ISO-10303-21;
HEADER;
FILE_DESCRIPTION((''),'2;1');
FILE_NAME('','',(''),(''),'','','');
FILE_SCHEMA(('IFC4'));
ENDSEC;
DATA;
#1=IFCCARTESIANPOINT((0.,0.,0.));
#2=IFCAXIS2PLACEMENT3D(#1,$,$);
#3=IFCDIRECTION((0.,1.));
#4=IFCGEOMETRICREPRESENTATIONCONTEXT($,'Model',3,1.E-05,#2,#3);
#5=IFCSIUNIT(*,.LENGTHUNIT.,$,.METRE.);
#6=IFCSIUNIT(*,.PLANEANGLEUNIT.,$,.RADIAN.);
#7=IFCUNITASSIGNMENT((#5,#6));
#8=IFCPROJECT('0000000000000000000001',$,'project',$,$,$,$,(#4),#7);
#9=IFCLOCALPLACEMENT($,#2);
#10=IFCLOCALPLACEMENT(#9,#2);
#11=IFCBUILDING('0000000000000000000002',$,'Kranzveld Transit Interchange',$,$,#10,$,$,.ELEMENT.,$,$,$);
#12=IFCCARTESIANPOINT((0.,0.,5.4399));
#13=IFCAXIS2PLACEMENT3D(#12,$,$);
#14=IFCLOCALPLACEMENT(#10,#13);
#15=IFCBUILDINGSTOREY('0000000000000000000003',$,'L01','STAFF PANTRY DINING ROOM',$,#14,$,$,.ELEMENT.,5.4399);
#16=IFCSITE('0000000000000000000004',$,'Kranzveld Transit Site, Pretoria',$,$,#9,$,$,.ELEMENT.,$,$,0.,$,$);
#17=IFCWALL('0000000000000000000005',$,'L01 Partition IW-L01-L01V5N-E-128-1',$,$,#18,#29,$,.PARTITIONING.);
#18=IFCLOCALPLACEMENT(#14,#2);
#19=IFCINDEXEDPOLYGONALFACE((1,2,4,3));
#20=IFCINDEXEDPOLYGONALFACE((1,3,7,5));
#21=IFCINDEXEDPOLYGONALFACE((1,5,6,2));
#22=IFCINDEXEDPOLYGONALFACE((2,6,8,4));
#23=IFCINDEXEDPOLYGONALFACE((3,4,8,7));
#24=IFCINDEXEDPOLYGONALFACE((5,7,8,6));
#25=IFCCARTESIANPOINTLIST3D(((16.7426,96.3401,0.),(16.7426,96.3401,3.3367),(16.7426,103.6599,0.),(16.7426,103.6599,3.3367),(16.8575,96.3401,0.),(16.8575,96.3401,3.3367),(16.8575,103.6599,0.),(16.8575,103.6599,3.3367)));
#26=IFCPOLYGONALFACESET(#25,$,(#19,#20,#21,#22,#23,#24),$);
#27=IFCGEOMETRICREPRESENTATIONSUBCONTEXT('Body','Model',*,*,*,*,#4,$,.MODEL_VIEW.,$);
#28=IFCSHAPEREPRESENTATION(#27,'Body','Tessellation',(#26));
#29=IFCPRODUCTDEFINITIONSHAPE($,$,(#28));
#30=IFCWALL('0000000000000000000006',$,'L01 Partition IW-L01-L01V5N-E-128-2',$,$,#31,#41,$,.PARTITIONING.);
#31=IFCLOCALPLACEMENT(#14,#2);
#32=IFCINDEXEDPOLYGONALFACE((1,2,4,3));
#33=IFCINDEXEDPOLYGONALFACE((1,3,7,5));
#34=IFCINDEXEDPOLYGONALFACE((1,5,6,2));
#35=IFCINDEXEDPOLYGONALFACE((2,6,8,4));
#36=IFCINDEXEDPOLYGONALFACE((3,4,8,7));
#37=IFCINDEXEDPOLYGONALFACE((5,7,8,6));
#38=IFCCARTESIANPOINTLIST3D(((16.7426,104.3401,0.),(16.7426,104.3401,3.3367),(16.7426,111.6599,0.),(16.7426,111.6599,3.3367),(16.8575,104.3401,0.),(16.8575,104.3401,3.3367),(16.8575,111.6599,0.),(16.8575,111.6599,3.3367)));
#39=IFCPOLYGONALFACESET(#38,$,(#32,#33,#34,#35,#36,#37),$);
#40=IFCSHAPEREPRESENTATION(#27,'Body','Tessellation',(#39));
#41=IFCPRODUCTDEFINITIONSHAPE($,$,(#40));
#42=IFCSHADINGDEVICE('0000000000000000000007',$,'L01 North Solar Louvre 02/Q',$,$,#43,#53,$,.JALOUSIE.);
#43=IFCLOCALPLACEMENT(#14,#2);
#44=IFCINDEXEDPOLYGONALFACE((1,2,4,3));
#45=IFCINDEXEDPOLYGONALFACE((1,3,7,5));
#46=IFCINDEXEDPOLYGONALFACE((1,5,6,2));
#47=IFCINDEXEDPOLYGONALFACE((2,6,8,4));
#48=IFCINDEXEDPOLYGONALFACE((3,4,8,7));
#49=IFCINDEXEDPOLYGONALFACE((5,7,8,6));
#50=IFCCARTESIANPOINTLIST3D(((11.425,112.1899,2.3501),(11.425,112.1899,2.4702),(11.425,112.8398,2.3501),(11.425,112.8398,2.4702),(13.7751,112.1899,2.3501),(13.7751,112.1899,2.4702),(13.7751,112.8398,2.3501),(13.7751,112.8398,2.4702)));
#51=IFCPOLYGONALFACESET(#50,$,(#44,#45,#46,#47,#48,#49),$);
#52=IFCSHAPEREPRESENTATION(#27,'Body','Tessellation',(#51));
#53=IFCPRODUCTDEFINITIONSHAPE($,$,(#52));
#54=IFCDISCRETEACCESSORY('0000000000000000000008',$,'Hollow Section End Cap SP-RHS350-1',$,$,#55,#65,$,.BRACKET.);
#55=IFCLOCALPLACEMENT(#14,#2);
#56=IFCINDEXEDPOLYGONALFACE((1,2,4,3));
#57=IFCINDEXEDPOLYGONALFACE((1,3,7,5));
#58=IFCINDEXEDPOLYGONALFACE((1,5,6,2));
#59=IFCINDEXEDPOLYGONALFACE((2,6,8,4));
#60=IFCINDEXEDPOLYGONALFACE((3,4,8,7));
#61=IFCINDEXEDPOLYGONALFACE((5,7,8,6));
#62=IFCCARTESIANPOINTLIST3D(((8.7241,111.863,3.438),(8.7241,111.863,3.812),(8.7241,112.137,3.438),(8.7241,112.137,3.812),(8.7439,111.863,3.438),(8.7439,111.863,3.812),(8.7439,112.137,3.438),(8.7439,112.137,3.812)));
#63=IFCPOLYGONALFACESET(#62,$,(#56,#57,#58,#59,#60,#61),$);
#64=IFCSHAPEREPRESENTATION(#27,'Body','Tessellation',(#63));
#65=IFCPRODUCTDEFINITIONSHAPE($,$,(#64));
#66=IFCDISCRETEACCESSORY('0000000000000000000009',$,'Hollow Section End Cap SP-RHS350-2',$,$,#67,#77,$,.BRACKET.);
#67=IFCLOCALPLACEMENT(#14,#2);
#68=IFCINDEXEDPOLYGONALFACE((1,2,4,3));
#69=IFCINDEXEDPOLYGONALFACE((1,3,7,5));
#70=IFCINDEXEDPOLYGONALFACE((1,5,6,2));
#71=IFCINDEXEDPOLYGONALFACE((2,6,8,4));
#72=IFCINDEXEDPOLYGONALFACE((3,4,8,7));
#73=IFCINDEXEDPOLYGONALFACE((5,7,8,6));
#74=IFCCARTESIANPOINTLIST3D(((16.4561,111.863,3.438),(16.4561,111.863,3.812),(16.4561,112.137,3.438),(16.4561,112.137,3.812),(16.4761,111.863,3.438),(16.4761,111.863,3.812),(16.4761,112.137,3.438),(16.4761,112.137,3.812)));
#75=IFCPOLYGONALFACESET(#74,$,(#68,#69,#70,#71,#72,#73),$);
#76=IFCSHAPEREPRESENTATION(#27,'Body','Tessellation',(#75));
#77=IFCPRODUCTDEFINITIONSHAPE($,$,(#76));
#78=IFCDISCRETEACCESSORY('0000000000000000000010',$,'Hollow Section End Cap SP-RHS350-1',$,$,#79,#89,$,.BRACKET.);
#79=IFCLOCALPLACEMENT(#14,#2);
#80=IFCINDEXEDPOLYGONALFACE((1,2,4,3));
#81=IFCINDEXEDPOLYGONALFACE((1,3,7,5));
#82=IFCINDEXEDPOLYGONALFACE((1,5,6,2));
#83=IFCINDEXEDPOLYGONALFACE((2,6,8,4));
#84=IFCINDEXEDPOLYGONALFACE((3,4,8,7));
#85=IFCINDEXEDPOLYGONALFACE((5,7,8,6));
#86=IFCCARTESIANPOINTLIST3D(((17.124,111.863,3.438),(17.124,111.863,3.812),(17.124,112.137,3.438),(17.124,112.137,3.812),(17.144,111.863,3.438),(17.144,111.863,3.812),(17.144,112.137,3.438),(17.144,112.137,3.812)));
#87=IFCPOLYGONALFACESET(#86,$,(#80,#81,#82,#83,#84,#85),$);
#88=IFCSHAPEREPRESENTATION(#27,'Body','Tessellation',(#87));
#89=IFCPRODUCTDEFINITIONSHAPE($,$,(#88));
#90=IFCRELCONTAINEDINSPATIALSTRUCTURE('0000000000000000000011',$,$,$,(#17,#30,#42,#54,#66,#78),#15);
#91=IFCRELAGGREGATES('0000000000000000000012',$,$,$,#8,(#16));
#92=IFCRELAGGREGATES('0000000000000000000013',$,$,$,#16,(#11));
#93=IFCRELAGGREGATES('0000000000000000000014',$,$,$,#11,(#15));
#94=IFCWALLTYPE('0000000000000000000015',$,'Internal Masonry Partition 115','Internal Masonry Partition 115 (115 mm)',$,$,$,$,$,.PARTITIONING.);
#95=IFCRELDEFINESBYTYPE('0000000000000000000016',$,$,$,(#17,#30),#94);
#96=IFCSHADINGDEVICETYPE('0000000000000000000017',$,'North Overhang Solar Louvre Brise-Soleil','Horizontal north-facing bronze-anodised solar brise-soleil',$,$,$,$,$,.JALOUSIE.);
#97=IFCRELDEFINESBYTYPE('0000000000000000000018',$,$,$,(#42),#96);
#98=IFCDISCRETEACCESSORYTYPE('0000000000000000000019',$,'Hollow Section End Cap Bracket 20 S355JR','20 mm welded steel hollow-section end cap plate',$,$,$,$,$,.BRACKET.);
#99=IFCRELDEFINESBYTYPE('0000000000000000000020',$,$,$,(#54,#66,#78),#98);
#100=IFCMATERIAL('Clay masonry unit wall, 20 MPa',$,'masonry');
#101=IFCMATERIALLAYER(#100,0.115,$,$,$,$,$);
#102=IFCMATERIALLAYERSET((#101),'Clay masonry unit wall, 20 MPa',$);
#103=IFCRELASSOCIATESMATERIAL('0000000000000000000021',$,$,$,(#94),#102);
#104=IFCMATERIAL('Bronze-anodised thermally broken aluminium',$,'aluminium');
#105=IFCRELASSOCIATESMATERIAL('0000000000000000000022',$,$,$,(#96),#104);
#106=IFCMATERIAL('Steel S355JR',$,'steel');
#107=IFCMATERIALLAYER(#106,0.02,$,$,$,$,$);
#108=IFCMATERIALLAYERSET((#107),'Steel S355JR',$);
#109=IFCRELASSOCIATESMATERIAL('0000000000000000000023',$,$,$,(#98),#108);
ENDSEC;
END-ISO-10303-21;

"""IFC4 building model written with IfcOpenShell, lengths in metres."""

from ifc_helpers import new_model, si_unit, direction, frame, frame_2d, origin, origin_2d, place, context, subcontext, project, spatial, rectangle, extrude, material, layer, layer_set, type_object, element, save


model = new_model("IFC4")

# Units and contexts
model_context = context("Model", 3, precision=1e-05, world=origin(), true_north=direction((0.0, 1.0)))
body_context = subcontext(model_context, "Body", "Model", "MODEL_VIEW")
ifc_project = project(units=[si_unit("LENGTHUNIT", "METRE"), si_unit("PLANEANGLEUNIT", "RADIAN")], contexts=[model_context])

# Site, building, storey
site_placement = place(None, origin())
site = spatial("IfcSite", under=ifc_project, at=site_placement, Name="Kranzveld Transit Site, Pretoria", CompositionType="ELEMENT", RefElevation=0.0)
building_placement = place(site_placement, origin())
building = spatial("IfcBuilding", under=site, at=building_placement, Name="Kranzveld Transit Interchange", CompositionType="ELEMENT")
storey_placement = place(building_placement, frame((0.0, 0.0, 5.4399)))
storey = spatial("IfcBuildingStorey", under=building, at=storey_placement, Name="L01", Description="STAFF PANTRY DINING ROOM", CompositionType="ELEMENT", Elevation=5.4399)

# Walls
ifc_material_1 = material(Name="Clay masonry unit wall, 20 MPa", Category="masonry")
ifc_layer_1 = layer(ifc_material_1, 0.115)
ifc_layer_set_1 = layer_set([ifc_layer_1], Name="Clay masonry unit wall, 20 MPa")
wall_type_1 = type_object("IfcWallType", Name="Internal Masonry Partition 115", Description="Internal Masonry Partition 115 (115 mm)", PredefinedType="PARTITIONING", material=ifc_layer_set_1)
for number, where, z_axis, x_axis, name in (
    (1, (16.8, 96.3401, 0.0), (0.0, 0.0, 1.0), (0.0, 1.0, 0.0), "L01 Partition IW-L01-L01V5N-E-128-1"),
    (2, (16.8, 104.3401, 0.0), (0.0, 0.0, 1.0), (0.0, 1.0, 0.0), "L01 Partition IW-L01-L01V5N-E-128-2"),
):
    element("IfcWall", number, at=place(storey_placement, frame(where, z_axis=z_axis, x_axis=x_axis)), inside=storey, type_object=wall_type_1, Name=name, PredefinedType="PARTITIONING", context=body_context, shape_type="SweptSolid", body=[
        extrude(rectangle(XDim=7.3198, YDim=0.115, at=frame_2d((3.6599, 0.0))), origin(), (0.0, 0.0, 1.0), 3.3367),
    ])

# Shading device
ifc_material_2 = material(Name="Bronze-anodised thermally broken aluminium", Category="aluminium")
shading_device_type = type_object("IfcShadingDeviceType", Name="North Overhang Solar Louvre Brise-Soleil", Description="Horizontal north-facing bronze-anodised solar brise-soleil", PredefinedType="JALOUSIE", material=ifc_material_2)
shading_device_placement = place(storey_placement, frame((12.6001, 112.5149, 2.3501), z_axis=(0.0, 0.0, 1.0), x_axis=(1.0, 0.0, 0.0)))
element("IfcShadingDevice", 3, at=shading_device_placement, inside=storey, type_object=shading_device_type, Name="L01 North Solar Louvre 02/Q", PredefinedType="JALOUSIE", context=body_context, shape_type="SweptSolid", body=[
    extrude(rectangle(XDim=2.3501, YDim=0.6499, at=origin_2d()), origin(), (0.0, 0.0, 1.0), 0.1201),
])

# Discrete accessories
ifc_material_3 = material(Name="Steel S355JR", Category="steel")
ifc_layer_2 = layer(ifc_material_3, 0.02)
ifc_layer_set_2 = layer_set([ifc_layer_2], Name="Steel S355JR")
discrete_accessory_type = type_object("IfcDiscreteAccessoryType", Name="Hollow Section End Cap Bracket 20 S355JR", Description="20 mm welded steel hollow-section end cap plate", PredefinedType="BRACKET", material=ifc_layer_set_2)
discrete_accessory_placement = place(storey_placement, frame((8.7439, 112.0, 3.625), z_axis=(-1.0, 0.0, 0.0), x_axis=(0.0, -1.0, 0.0)))
element("IfcDiscreteAccessory", 4, at=discrete_accessory_placement, inside=storey, type_object=discrete_accessory_type, Name="Hollow Section End Cap SP-RHS350-1", PredefinedType="BRACKET", context=body_context, shape_type="SweptSolid", body=[
    extrude(rectangle(XDim=0.2739, YDim=0.374, at=origin_2d()), origin(), (0.0, 0.0, 1.0), 0.0198),
])
for number, where, z_axis, x_axis, name in (
    (5, (16.4561, 112.0, 3.625), (1.0, 0.0, 0.0), (0.0, 1.0, 0.0), "Hollow Section End Cap SP-RHS350-2"),
    (6, (17.144, 112.0, 3.625), (-1.0, 0.0, 0.0), (0.0, -1.0, 0.0), "Hollow Section End Cap SP-RHS350-1"),
):
    element("IfcDiscreteAccessory", number, at=place(storey_placement, frame(where, z_axis=z_axis, x_axis=x_axis)), inside=storey, type_object=discrete_accessory_type, Name=name, PredefinedType="BRACKET", context=body_context, shape_type="SweptSolid", body=[
        extrude(rectangle(XDim=0.2739, YDim=0.374, at=origin_2d()), origin(), (0.0, 0.0, 1.0), 0.02),
    ])

save(model, "model.ifc")
